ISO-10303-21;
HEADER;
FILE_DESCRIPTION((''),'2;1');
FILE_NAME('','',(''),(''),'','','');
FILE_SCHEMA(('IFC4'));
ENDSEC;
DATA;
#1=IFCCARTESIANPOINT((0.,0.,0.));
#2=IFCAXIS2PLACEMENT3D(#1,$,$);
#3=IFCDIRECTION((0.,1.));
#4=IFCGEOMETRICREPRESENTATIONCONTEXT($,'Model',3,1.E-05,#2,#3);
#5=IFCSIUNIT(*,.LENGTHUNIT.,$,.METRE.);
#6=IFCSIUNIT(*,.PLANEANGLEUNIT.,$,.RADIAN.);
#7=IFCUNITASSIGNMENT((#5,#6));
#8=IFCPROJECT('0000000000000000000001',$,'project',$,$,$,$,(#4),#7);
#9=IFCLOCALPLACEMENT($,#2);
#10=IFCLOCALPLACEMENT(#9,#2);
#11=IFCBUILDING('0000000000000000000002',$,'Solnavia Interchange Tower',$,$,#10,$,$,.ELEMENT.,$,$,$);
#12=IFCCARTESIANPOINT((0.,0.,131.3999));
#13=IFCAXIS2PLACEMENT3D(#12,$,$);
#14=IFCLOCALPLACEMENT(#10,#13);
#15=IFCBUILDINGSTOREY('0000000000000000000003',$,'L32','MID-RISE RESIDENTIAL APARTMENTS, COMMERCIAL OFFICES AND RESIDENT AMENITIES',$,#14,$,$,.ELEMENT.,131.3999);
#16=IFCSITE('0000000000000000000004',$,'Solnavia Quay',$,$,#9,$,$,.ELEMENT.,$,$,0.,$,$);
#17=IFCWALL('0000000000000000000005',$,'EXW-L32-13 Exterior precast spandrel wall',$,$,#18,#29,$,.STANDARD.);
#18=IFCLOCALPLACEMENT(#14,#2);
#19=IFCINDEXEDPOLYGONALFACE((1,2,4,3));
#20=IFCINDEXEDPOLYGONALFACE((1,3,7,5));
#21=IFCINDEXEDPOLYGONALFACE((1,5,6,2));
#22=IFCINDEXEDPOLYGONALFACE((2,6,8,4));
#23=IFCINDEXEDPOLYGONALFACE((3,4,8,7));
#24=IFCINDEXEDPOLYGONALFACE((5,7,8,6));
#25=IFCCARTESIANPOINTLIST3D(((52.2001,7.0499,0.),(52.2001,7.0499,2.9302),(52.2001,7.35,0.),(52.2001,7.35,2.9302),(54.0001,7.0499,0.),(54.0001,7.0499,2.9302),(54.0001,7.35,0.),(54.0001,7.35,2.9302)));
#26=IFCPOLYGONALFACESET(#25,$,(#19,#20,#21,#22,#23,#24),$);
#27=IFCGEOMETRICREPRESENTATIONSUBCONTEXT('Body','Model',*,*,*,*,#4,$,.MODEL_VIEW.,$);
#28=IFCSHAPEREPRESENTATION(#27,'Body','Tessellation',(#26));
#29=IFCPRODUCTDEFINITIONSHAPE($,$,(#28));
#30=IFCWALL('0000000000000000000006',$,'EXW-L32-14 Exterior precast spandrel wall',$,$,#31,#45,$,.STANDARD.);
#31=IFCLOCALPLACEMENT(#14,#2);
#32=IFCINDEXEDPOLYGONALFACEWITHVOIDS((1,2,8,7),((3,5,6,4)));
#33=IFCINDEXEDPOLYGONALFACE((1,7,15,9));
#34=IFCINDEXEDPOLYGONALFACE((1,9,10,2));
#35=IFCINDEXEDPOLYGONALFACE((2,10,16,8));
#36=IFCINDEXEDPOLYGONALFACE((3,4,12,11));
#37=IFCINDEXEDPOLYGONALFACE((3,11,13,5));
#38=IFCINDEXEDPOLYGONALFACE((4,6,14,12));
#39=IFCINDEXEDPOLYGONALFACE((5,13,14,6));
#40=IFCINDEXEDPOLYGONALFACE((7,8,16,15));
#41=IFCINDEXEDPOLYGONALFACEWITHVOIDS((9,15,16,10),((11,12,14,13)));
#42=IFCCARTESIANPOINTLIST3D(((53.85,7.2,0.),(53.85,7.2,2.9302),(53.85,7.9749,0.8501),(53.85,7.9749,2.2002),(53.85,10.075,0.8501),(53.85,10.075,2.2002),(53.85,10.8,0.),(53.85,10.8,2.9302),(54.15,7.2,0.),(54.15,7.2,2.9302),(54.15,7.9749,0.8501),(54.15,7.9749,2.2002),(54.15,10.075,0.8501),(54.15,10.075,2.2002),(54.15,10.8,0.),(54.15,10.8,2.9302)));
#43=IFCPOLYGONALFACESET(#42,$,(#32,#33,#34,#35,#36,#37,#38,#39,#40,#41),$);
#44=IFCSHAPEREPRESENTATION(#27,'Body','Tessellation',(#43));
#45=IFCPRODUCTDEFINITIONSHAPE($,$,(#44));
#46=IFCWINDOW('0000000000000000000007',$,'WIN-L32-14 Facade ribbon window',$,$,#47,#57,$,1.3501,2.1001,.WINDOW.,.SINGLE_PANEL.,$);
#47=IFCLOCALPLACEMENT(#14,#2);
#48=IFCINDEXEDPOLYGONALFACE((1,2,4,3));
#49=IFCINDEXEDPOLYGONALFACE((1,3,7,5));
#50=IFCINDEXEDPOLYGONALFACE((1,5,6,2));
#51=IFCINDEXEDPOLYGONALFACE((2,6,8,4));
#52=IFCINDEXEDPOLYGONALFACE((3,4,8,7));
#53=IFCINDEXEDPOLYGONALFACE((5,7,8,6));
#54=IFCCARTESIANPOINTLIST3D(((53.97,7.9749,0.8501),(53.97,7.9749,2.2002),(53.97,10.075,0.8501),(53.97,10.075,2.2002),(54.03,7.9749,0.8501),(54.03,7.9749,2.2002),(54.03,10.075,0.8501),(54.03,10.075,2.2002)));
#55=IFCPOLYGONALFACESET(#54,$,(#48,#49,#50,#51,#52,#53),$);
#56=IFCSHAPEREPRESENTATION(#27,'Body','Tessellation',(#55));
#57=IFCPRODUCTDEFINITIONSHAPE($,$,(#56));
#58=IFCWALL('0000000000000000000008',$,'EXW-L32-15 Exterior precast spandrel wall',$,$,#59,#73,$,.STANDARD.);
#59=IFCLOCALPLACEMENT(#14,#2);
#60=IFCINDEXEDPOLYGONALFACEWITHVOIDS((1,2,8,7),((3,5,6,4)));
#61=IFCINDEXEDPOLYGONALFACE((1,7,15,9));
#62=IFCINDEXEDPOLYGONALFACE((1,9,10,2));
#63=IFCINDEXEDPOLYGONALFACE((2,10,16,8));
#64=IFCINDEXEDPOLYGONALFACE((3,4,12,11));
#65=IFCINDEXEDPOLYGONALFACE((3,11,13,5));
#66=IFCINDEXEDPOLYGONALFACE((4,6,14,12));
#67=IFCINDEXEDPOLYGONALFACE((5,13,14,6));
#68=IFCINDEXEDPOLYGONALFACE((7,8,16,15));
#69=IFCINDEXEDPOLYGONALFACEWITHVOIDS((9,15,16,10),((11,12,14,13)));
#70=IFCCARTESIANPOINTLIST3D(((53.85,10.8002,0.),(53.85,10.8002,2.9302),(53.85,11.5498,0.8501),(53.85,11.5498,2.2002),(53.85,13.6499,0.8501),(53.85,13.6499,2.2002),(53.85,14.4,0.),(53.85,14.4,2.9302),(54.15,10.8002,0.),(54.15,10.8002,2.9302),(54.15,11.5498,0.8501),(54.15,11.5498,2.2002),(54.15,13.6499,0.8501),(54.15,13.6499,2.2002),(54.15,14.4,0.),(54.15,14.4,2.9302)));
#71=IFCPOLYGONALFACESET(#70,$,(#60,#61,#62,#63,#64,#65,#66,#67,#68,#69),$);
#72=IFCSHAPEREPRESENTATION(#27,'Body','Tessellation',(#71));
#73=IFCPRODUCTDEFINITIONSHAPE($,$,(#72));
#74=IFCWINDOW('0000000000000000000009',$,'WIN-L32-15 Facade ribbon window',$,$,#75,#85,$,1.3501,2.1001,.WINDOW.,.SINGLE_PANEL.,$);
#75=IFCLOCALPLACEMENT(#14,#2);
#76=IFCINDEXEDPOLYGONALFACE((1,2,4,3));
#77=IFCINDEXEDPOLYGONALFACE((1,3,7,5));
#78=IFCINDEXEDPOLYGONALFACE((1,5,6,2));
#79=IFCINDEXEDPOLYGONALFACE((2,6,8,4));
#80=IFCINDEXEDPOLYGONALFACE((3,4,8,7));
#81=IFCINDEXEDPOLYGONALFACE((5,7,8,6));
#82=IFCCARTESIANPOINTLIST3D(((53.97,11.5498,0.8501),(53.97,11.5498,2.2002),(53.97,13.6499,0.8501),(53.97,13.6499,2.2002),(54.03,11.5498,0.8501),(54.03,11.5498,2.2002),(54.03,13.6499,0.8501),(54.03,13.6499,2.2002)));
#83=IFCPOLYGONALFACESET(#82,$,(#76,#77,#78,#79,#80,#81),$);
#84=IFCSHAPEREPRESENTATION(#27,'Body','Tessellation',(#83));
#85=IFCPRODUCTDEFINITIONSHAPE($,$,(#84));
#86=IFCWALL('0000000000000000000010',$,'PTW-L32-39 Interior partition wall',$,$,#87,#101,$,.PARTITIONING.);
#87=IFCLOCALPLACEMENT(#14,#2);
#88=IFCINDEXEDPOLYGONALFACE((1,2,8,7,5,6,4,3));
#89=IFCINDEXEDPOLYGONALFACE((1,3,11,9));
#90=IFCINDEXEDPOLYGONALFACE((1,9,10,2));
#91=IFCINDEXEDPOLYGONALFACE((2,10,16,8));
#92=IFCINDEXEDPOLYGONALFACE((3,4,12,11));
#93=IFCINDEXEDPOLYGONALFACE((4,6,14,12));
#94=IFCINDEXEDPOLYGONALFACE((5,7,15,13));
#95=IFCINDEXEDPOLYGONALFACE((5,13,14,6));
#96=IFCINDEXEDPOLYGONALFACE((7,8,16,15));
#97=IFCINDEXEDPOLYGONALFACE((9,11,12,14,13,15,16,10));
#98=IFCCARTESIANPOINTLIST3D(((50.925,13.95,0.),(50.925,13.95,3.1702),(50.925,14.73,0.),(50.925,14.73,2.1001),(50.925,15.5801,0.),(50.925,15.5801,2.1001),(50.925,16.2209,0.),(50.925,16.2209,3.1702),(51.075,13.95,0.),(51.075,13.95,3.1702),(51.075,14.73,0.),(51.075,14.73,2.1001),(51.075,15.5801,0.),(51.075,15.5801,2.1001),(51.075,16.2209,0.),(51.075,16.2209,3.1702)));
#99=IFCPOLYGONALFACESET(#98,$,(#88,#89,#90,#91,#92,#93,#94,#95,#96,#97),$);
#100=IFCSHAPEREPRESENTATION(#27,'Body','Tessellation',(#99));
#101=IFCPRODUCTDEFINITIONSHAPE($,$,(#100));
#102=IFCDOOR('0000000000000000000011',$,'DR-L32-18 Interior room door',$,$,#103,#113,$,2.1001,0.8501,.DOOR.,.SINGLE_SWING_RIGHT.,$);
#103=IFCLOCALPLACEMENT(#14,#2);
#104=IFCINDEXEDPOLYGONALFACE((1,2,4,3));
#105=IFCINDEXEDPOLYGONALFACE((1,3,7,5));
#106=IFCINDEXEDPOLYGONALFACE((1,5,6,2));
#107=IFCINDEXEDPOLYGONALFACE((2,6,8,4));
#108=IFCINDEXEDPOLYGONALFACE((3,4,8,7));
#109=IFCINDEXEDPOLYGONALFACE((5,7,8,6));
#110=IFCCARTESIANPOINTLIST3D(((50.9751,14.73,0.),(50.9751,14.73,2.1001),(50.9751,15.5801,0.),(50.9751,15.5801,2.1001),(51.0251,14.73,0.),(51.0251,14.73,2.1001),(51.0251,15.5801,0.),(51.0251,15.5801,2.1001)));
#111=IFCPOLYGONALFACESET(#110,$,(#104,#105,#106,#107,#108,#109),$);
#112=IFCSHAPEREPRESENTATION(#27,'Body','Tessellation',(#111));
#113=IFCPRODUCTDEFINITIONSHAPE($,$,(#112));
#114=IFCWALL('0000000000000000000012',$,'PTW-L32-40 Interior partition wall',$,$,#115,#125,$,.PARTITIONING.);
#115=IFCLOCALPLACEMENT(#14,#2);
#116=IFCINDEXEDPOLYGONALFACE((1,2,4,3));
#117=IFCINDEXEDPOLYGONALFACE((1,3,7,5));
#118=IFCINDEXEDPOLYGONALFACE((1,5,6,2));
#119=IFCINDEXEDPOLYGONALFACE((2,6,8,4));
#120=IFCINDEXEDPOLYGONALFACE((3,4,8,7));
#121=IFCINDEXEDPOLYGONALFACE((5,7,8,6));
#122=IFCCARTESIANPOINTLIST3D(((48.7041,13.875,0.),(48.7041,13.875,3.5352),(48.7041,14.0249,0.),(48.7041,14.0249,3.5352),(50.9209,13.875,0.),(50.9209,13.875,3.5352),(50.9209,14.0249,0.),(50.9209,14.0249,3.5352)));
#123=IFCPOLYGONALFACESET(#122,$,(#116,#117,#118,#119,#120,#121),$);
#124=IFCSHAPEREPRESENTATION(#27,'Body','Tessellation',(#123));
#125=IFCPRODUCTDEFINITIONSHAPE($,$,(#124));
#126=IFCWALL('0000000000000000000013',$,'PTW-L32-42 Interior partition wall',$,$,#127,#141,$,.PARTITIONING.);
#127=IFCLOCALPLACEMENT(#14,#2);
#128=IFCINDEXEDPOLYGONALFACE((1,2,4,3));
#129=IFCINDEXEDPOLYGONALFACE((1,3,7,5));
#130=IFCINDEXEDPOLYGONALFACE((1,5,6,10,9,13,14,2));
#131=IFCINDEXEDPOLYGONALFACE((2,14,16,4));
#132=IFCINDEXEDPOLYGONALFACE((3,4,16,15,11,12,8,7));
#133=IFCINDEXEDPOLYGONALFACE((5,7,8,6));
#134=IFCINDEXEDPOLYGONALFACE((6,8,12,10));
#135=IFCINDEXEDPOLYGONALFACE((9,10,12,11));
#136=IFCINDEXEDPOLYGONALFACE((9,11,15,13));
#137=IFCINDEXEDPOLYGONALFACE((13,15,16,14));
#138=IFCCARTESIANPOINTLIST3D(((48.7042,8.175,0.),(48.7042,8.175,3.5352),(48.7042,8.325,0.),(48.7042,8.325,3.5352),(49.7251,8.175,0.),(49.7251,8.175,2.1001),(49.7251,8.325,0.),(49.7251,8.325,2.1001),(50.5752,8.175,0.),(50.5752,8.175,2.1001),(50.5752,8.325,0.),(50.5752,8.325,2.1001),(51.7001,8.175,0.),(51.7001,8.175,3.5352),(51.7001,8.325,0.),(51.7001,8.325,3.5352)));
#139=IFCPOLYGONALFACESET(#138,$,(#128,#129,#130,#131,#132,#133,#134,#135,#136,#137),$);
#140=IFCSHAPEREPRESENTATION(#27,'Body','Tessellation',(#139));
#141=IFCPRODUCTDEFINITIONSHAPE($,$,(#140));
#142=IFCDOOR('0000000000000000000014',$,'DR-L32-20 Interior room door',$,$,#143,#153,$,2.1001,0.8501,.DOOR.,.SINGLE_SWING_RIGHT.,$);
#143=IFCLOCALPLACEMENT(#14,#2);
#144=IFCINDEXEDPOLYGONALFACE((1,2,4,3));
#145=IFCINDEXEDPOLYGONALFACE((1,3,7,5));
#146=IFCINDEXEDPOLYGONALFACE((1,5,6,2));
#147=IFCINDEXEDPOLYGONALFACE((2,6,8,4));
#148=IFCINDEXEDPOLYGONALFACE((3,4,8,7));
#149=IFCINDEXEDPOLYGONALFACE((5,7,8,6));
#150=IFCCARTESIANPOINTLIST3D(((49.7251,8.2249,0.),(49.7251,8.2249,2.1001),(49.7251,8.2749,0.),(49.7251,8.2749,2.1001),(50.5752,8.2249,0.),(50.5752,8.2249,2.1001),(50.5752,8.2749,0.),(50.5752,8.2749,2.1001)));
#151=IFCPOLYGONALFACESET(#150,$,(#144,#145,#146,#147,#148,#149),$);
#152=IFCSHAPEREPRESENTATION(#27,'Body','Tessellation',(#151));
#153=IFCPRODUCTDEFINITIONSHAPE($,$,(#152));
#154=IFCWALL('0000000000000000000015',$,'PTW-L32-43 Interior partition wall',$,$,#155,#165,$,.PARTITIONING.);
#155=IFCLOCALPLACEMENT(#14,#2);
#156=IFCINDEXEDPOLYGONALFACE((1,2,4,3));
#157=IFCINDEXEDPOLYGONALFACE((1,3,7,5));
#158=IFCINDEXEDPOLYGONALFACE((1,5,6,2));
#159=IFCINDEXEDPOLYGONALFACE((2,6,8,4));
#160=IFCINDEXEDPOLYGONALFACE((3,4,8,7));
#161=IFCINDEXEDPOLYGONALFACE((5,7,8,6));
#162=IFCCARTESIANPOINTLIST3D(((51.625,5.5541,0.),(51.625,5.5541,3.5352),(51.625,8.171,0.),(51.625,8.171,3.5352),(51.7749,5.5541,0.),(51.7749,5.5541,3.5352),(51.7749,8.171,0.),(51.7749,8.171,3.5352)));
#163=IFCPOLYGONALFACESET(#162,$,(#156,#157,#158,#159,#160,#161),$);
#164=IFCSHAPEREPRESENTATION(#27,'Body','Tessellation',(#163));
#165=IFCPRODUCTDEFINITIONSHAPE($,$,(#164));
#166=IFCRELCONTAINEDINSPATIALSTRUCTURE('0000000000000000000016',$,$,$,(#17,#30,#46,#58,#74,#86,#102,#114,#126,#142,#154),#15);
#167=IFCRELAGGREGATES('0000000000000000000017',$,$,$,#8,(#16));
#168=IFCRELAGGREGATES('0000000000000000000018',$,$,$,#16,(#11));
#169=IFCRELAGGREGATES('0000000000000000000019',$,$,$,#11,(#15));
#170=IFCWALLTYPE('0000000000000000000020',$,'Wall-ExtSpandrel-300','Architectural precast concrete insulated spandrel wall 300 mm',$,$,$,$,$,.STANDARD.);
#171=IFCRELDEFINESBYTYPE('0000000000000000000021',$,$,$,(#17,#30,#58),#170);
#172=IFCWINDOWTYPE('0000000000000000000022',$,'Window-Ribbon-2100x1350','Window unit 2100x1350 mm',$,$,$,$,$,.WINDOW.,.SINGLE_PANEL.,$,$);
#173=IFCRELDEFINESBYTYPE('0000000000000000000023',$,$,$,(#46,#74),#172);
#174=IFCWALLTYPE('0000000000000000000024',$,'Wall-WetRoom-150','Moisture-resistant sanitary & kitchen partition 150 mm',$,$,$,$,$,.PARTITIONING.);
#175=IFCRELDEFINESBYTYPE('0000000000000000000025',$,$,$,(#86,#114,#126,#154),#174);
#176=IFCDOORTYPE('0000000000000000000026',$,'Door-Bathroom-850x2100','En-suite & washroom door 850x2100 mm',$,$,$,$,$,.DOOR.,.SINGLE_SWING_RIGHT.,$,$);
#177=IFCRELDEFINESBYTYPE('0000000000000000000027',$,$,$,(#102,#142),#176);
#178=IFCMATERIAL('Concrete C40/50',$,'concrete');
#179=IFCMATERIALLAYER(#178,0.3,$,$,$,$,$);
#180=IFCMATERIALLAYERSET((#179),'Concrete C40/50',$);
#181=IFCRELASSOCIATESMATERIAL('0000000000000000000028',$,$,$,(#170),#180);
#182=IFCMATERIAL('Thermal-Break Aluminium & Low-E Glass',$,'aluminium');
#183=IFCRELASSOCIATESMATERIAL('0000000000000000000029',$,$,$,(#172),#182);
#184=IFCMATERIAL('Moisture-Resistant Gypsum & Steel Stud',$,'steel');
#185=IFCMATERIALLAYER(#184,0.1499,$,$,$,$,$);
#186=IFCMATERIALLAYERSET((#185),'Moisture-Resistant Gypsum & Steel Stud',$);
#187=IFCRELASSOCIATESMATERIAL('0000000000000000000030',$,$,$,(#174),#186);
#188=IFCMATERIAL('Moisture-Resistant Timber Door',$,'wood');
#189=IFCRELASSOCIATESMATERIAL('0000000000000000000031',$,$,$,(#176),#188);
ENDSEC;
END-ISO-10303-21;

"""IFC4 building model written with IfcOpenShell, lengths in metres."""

from ifc_helpers import new_model, si_unit, direction, frame, frame_2d, origin, place, context, subcontext, project, spatial, rectangle, extrude, material, layer, layer_set, type_object, element, fill, save


model = new_model("IFC4")

# Units and contexts
model_context = context("Model", 3, precision=1e-05, world=origin(), true_north=direction((0.0, 1.0)))
body_context = subcontext(model_context, "Body", "Model", "MODEL_VIEW")
ifc_project = project(units=[si_unit("LENGTHUNIT", "METRE"), si_unit("PLANEANGLEUNIT", "RADIAN")], contexts=[model_context])

# Site, building, storey
site_placement = place(None, origin())
site = spatial("IfcSite", under=ifc_project, at=site_placement, Name="Solnavia Quay", CompositionType="ELEMENT", RefElevation=0.0)
building_placement = place(site_placement, origin())
building = spatial("IfcBuilding", under=site, at=building_placement, Name="Solnavia Interchange Tower", CompositionType="ELEMENT")
storey_placement = place(building_placement, frame((0.0, 0.0, 131.3999)))
storey = spatial("IfcBuildingStorey", under=building, at=storey_placement, Name="L32", Description="MID-RISE RESIDENTIAL APARTMENTS, COMMERCIAL OFFICES AND RESIDENT AMENITIES", CompositionType="ELEMENT", Elevation=131.3999)

# Shared definitions
ifc_material_1 = material(Name="Concrete C40/50", Category="concrete")
ifc_layer_1 = layer(ifc_material_1, 0.3)
ifc_layer_set_1 = layer_set([ifc_layer_1], Name="Concrete C40/50")
wall_type_1 = type_object("IfcWallType", Name="Wall-ExtSpandrel-300", Description="Architectural precast concrete insulated spandrel wall 300 mm", PredefinedType="STANDARD", material=ifc_layer_set_1)
ifc_material_2 = material(Name="Thermal-Break Aluminium & Low-E Glass", Category="aluminium")
window_type = type_object("IfcWindowType", Name="Window-Ribbon-2100x1350", Description="Window unit 2100x1350 mm", PartitioningType="SINGLE_PANEL", PredefinedType="WINDOW", material=ifc_material_2)

# Wall
wall_1_placement = place(storey_placement, frame((54.0, 7.2, 0.0), z_axis=(0.0, 0.0, 1.0), x_axis=(-1.0, 0.0, 0.0)))
element("IfcWall", 1, at=wall_1_placement, inside=storey, type_object=wall_type_1, Name="EXW-L32-13 Exterior precast spandrel wall", PredefinedType="STANDARD", context=body_context, shape_type="SweptSolid", body=[
    extrude(rectangle(XDim=1.8, YDim=0.3, at=frame_2d((0.8999, 0.0))), origin(), (0.0, 0.0, 1.0), 2.9302),
])

# Walls, openings, windows
wall_2_placement = place(storey_placement, frame((54.0, 10.8, 0.0), z_axis=(0.0, 0.0, 1.0), x_axis=(0.0, -1.0, 0.0)))
wall_2 = element("IfcWall", 2, at=wall_2_placement, inside=storey, type_object=wall_type_1, Name="EXW-L32-14 Exterior precast spandrel wall", PredefinedType="STANDARD", context=body_context, shape_type="SweptSolid", body=[
    extrude(rectangle(XDim=3.6001, YDim=0.3, at=frame_2d((1.8, 0.0))), origin(), (0.0, 0.0, 1.0), 2.9302),
])
opening_1_placement = place(wall_2_placement, frame((0.7251, 0.0, 0.8501)))
opening_1 = element("IfcOpeningElement", 3, at=opening_1_placement, cuts=wall_2, PredefinedType="OPENING", context=body_context, shape_type="SweptSolid", body=[
    extrude(rectangle(XDim=2.1001, YDim=1.3501, at=frame_2d((1.05, 0.675))), frame((0.0, 0.1602, 0.0), z_axis=(0.0, -1.0, 0.0), x_axis=(1.0, 0.0, 0.0)), (0.0, 0.0, 1.0), 0.3201),
])
window_1_placement = place(opening_1_placement, origin())
window_1 = element("IfcWindow", 4, at=window_1_placement, inside=storey, type_object=window_type, Name="WIN-L32-14 Facade ribbon window", OverallHeight=1.3501, OverallWidth=2.1001, PartitioningType="SINGLE_PANEL", PredefinedType="WINDOW", context=body_context, shape_type="SweptSolid", body=[
    extrude(rectangle(XDim=2.1001, YDim=1.3501, at=frame_2d((1.05, 0.675))), frame((0.0, 0.03, 0.0), z_axis=(0.0, -1.0, 0.0), x_axis=(1.0, 0.0, 0.0)), (0.0, 0.0, 1.0), 0.0601),
])
fill(opening_1, window_1)
wall_3_placement = place(storey_placement, frame((54.0, 14.3999, 0.0), z_axis=(0.0, 0.0, 1.0), x_axis=(0.0, -1.0, 0.0)))
wall_3 = element("IfcWall", 5, at=wall_3_placement, inside=storey, type_object=wall_type_1, Name="EXW-L32-15 Exterior precast spandrel wall", PredefinedType="STANDARD", context=body_context, shape_type="SweptSolid", body=[
    extrude(rectangle(XDim=3.5999, YDim=0.3, at=frame_2d((1.7998, 0.0))), origin(), (0.0, 0.0, 1.0), 2.9302),
])
opening_2_placement = place(wall_3_placement, frame((0.75, 0.0, 0.8501)))
opening_2 = element("IfcOpeningElement", 6, at=opening_2_placement, cuts=wall_3, PredefinedType="OPENING", context=body_context, shape_type="SweptSolid", body=[
    extrude(rectangle(XDim=2.1001, YDim=1.3501, at=frame_2d((1.05, 0.675))), frame((0.0, 0.1602, 0.0), z_axis=(0.0, -1.0, 0.0), x_axis=(1.0, 0.0, 0.0)), (0.0, 0.0, 1.0), 0.3201),
])
window_2_placement = place(opening_2_placement, origin())
window_2 = element("IfcWindow", 7, at=window_2_placement, inside=storey, type_object=window_type, Name="WIN-L32-15 Facade ribbon window", OverallHeight=1.3501, OverallWidth=2.1001, PartitioningType="SINGLE_PANEL", PredefinedType="WINDOW", context=body_context, shape_type="SweptSolid", body=[
    extrude(rectangle(XDim=2.1001, YDim=1.3501, at=frame_2d((1.05, 0.675))), frame((0.0, 0.03, 0.0), z_axis=(0.0, -1.0, 0.0), x_axis=(1.0, 0.0, 0.0)), (0.0, 0.0, 1.0), 0.0601),
])
fill(opening_2, window_2)

# Wall, opening, door
ifc_material_3 = material(Name="Moisture-Resistant Gypsum & Steel Stud", Category="steel")
ifc_layer_2 = layer(ifc_material_3, 0.1499)
ifc_layer_set_2 = layer_set([ifc_layer_2], Name="Moisture-Resistant Gypsum & Steel Stud")
wall_type_2 = type_object("IfcWallType", Name="Wall-WetRoom-150", Description="Moisture-resistant sanitary & kitchen partition 150 mm", PredefinedType="PARTITIONING", material=ifc_layer_set_2)
wall_4_placement = place(storey_placement, frame((51.0, 13.95, 0.0), z_axis=(0.0, 0.0, 1.0), x_axis=(0.0, 1.0, 0.0)))
wall_4 = element("IfcWall", 8, at=wall_4_placement, inside=storey, type_object=wall_type_2, Name="PTW-L32-39 Interior partition wall", PredefinedType="PARTITIONING", context=body_context, shape_type="SweptSolid", body=[
    extrude(rectangle(XDim=2.271, YDim=0.1499, at=frame_2d((1.1355, 0.0))), origin(), (0.0, 0.0, 1.0), 3.1702),
])
opening_3_placement = place(wall_4_placement, frame((0.78, 0.0, 0.0)))
opening_3 = element("IfcOpeningElement", 9, at=opening_3_placement, cuts=wall_4, PredefinedType="OPENING", context=body_context, shape_type="SweptSolid", body=[
    extrude(rectangle(XDim=0.8501, YDim=2.1001, at=frame_2d((0.425, 1.05))), frame((0.0, 0.085, 0.0), z_axis=(0.0, -1.0, 0.0), x_axis=(1.0, 0.0, 0.0)), (0.0, 0.0, 1.0), 0.1699),
])
ifc_material_4 = material(Name="Moisture-Resistant Timber Door", Category="wood")
door_type = type_object("IfcDoorType", Name="Door-Bathroom-850x2100", Description="En-suite & washroom door 850x2100 mm", OperationType="SINGLE_SWING_RIGHT", PredefinedType="DOOR", material=ifc_material_4)
door_1_placement = place(opening_3_placement, origin())
door_1 = element("IfcDoor", 10, at=door_1_placement, inside=storey, type_object=door_type, Name="DR-L32-18 Interior room door", OperationType="SINGLE_SWING_RIGHT", OverallHeight=2.1001, OverallWidth=0.8501, PredefinedType="DOOR", context=body_context, shape_type="SweptSolid", body=[
    extrude(rectangle(XDim=0.8501, YDim=2.1001, at=frame_2d((0.425, 1.05))), frame((0.0, 0.0249, 0.0), z_axis=(0.0, -1.0, 0.0), x_axis=(1.0, 0.0, 0.0)), (0.0, 0.0, 1.0), 0.05),
])
fill(opening_3, door_1)

# Wall
wall_5_placement = place(storey_placement, frame((48.7041, 13.95, 0.0), z_axis=(0.0, 0.0, 1.0), x_axis=(1.0, 0.0, 0.0)))
element("IfcWall", 11, at=wall_5_placement, inside=storey, type_object=wall_type_2, Name="PTW-L32-40 Interior partition wall", PredefinedType="PARTITIONING", context=body_context, shape_type="SweptSolid", body=[
    extrude(rectangle(XDim=2.2168, YDim=0.1499, at=frame_2d((1.1084, 0.0))), origin(), (0.0, 0.0, 1.0), 3.5352),
])

# Wall, opening, door
wall_6_placement = place(storey_placement, frame((48.7041, 8.25, 0.0), z_axis=(0.0, 0.0, 1.0), x_axis=(1.0, 0.0, 0.0)))
wall_6 = element("IfcWall", 12, at=wall_6_placement, inside=storey, type_object=wall_type_2, Name="PTW-L32-42 Interior partition wall", PredefinedType="PARTITIONING", context=body_context, shape_type="SweptSolid", body=[
    extrude(rectangle(XDim=2.9958, YDim=0.1499, at=frame_2d((1.498, 0.0))), origin(), (0.0, 0.0, 1.0), 3.5352),
])
opening_4_placement = place(wall_6_placement, frame((1.021, 0.0, 0.0)))
opening_4 = element("IfcOpeningElement", 13, at=opening_4_placement, cuts=wall_6, PredefinedType="OPENING", context=body_context, shape_type="SweptSolid", body=[
    extrude(rectangle(XDim=0.8501, YDim=2.1001, at=frame_2d((0.425, 1.05))), frame((0.0, 0.085, 0.0), z_axis=(0.0, -1.0, 0.0), x_axis=(1.0, 0.0, 0.0)), (0.0, 0.0, 1.0), 0.1699),
])
door_2_placement = place(opening_4_placement, origin())
door_2 = element("IfcDoor", 14, at=door_2_placement, inside=storey, type_object=door_type, Name="DR-L32-20 Interior room door", OperationType="SINGLE_SWING_RIGHT", OverallHeight=2.1001, OverallWidth=0.8501, PredefinedType="DOOR", context=body_context, shape_type="SweptSolid", body=[
    extrude(rectangle(XDim=0.8501, YDim=2.1001, at=frame_2d((0.425, 1.05))), frame((0.0, 0.0249, 0.0), z_axis=(0.0, -1.0, 0.0), x_axis=(1.0, 0.0, 0.0)), (0.0, 0.0, 1.0), 0.05),
])
fill(opening_4, door_2)

# Wall
wall_7_placement = place(storey_placement, frame((51.7, 5.554, 0.0), z_axis=(0.0, 0.0, 1.0), x_axis=(0.0, 1.0, 0.0)))
element("IfcWall", 15, at=wall_7_placement, inside=storey, type_object=wall_type_2, Name="PTW-L32-43 Interior partition wall", PredefinedType="PARTITIONING", context=body_context, shape_type="SweptSolid", body=[
    extrude(rectangle(XDim=2.6169, YDim=0.1499, at=frame_2d((1.3086, 0.0))), origin(), (0.0, 0.0, 1.0), 3.5352),
])

save(model, "model.ifc")
